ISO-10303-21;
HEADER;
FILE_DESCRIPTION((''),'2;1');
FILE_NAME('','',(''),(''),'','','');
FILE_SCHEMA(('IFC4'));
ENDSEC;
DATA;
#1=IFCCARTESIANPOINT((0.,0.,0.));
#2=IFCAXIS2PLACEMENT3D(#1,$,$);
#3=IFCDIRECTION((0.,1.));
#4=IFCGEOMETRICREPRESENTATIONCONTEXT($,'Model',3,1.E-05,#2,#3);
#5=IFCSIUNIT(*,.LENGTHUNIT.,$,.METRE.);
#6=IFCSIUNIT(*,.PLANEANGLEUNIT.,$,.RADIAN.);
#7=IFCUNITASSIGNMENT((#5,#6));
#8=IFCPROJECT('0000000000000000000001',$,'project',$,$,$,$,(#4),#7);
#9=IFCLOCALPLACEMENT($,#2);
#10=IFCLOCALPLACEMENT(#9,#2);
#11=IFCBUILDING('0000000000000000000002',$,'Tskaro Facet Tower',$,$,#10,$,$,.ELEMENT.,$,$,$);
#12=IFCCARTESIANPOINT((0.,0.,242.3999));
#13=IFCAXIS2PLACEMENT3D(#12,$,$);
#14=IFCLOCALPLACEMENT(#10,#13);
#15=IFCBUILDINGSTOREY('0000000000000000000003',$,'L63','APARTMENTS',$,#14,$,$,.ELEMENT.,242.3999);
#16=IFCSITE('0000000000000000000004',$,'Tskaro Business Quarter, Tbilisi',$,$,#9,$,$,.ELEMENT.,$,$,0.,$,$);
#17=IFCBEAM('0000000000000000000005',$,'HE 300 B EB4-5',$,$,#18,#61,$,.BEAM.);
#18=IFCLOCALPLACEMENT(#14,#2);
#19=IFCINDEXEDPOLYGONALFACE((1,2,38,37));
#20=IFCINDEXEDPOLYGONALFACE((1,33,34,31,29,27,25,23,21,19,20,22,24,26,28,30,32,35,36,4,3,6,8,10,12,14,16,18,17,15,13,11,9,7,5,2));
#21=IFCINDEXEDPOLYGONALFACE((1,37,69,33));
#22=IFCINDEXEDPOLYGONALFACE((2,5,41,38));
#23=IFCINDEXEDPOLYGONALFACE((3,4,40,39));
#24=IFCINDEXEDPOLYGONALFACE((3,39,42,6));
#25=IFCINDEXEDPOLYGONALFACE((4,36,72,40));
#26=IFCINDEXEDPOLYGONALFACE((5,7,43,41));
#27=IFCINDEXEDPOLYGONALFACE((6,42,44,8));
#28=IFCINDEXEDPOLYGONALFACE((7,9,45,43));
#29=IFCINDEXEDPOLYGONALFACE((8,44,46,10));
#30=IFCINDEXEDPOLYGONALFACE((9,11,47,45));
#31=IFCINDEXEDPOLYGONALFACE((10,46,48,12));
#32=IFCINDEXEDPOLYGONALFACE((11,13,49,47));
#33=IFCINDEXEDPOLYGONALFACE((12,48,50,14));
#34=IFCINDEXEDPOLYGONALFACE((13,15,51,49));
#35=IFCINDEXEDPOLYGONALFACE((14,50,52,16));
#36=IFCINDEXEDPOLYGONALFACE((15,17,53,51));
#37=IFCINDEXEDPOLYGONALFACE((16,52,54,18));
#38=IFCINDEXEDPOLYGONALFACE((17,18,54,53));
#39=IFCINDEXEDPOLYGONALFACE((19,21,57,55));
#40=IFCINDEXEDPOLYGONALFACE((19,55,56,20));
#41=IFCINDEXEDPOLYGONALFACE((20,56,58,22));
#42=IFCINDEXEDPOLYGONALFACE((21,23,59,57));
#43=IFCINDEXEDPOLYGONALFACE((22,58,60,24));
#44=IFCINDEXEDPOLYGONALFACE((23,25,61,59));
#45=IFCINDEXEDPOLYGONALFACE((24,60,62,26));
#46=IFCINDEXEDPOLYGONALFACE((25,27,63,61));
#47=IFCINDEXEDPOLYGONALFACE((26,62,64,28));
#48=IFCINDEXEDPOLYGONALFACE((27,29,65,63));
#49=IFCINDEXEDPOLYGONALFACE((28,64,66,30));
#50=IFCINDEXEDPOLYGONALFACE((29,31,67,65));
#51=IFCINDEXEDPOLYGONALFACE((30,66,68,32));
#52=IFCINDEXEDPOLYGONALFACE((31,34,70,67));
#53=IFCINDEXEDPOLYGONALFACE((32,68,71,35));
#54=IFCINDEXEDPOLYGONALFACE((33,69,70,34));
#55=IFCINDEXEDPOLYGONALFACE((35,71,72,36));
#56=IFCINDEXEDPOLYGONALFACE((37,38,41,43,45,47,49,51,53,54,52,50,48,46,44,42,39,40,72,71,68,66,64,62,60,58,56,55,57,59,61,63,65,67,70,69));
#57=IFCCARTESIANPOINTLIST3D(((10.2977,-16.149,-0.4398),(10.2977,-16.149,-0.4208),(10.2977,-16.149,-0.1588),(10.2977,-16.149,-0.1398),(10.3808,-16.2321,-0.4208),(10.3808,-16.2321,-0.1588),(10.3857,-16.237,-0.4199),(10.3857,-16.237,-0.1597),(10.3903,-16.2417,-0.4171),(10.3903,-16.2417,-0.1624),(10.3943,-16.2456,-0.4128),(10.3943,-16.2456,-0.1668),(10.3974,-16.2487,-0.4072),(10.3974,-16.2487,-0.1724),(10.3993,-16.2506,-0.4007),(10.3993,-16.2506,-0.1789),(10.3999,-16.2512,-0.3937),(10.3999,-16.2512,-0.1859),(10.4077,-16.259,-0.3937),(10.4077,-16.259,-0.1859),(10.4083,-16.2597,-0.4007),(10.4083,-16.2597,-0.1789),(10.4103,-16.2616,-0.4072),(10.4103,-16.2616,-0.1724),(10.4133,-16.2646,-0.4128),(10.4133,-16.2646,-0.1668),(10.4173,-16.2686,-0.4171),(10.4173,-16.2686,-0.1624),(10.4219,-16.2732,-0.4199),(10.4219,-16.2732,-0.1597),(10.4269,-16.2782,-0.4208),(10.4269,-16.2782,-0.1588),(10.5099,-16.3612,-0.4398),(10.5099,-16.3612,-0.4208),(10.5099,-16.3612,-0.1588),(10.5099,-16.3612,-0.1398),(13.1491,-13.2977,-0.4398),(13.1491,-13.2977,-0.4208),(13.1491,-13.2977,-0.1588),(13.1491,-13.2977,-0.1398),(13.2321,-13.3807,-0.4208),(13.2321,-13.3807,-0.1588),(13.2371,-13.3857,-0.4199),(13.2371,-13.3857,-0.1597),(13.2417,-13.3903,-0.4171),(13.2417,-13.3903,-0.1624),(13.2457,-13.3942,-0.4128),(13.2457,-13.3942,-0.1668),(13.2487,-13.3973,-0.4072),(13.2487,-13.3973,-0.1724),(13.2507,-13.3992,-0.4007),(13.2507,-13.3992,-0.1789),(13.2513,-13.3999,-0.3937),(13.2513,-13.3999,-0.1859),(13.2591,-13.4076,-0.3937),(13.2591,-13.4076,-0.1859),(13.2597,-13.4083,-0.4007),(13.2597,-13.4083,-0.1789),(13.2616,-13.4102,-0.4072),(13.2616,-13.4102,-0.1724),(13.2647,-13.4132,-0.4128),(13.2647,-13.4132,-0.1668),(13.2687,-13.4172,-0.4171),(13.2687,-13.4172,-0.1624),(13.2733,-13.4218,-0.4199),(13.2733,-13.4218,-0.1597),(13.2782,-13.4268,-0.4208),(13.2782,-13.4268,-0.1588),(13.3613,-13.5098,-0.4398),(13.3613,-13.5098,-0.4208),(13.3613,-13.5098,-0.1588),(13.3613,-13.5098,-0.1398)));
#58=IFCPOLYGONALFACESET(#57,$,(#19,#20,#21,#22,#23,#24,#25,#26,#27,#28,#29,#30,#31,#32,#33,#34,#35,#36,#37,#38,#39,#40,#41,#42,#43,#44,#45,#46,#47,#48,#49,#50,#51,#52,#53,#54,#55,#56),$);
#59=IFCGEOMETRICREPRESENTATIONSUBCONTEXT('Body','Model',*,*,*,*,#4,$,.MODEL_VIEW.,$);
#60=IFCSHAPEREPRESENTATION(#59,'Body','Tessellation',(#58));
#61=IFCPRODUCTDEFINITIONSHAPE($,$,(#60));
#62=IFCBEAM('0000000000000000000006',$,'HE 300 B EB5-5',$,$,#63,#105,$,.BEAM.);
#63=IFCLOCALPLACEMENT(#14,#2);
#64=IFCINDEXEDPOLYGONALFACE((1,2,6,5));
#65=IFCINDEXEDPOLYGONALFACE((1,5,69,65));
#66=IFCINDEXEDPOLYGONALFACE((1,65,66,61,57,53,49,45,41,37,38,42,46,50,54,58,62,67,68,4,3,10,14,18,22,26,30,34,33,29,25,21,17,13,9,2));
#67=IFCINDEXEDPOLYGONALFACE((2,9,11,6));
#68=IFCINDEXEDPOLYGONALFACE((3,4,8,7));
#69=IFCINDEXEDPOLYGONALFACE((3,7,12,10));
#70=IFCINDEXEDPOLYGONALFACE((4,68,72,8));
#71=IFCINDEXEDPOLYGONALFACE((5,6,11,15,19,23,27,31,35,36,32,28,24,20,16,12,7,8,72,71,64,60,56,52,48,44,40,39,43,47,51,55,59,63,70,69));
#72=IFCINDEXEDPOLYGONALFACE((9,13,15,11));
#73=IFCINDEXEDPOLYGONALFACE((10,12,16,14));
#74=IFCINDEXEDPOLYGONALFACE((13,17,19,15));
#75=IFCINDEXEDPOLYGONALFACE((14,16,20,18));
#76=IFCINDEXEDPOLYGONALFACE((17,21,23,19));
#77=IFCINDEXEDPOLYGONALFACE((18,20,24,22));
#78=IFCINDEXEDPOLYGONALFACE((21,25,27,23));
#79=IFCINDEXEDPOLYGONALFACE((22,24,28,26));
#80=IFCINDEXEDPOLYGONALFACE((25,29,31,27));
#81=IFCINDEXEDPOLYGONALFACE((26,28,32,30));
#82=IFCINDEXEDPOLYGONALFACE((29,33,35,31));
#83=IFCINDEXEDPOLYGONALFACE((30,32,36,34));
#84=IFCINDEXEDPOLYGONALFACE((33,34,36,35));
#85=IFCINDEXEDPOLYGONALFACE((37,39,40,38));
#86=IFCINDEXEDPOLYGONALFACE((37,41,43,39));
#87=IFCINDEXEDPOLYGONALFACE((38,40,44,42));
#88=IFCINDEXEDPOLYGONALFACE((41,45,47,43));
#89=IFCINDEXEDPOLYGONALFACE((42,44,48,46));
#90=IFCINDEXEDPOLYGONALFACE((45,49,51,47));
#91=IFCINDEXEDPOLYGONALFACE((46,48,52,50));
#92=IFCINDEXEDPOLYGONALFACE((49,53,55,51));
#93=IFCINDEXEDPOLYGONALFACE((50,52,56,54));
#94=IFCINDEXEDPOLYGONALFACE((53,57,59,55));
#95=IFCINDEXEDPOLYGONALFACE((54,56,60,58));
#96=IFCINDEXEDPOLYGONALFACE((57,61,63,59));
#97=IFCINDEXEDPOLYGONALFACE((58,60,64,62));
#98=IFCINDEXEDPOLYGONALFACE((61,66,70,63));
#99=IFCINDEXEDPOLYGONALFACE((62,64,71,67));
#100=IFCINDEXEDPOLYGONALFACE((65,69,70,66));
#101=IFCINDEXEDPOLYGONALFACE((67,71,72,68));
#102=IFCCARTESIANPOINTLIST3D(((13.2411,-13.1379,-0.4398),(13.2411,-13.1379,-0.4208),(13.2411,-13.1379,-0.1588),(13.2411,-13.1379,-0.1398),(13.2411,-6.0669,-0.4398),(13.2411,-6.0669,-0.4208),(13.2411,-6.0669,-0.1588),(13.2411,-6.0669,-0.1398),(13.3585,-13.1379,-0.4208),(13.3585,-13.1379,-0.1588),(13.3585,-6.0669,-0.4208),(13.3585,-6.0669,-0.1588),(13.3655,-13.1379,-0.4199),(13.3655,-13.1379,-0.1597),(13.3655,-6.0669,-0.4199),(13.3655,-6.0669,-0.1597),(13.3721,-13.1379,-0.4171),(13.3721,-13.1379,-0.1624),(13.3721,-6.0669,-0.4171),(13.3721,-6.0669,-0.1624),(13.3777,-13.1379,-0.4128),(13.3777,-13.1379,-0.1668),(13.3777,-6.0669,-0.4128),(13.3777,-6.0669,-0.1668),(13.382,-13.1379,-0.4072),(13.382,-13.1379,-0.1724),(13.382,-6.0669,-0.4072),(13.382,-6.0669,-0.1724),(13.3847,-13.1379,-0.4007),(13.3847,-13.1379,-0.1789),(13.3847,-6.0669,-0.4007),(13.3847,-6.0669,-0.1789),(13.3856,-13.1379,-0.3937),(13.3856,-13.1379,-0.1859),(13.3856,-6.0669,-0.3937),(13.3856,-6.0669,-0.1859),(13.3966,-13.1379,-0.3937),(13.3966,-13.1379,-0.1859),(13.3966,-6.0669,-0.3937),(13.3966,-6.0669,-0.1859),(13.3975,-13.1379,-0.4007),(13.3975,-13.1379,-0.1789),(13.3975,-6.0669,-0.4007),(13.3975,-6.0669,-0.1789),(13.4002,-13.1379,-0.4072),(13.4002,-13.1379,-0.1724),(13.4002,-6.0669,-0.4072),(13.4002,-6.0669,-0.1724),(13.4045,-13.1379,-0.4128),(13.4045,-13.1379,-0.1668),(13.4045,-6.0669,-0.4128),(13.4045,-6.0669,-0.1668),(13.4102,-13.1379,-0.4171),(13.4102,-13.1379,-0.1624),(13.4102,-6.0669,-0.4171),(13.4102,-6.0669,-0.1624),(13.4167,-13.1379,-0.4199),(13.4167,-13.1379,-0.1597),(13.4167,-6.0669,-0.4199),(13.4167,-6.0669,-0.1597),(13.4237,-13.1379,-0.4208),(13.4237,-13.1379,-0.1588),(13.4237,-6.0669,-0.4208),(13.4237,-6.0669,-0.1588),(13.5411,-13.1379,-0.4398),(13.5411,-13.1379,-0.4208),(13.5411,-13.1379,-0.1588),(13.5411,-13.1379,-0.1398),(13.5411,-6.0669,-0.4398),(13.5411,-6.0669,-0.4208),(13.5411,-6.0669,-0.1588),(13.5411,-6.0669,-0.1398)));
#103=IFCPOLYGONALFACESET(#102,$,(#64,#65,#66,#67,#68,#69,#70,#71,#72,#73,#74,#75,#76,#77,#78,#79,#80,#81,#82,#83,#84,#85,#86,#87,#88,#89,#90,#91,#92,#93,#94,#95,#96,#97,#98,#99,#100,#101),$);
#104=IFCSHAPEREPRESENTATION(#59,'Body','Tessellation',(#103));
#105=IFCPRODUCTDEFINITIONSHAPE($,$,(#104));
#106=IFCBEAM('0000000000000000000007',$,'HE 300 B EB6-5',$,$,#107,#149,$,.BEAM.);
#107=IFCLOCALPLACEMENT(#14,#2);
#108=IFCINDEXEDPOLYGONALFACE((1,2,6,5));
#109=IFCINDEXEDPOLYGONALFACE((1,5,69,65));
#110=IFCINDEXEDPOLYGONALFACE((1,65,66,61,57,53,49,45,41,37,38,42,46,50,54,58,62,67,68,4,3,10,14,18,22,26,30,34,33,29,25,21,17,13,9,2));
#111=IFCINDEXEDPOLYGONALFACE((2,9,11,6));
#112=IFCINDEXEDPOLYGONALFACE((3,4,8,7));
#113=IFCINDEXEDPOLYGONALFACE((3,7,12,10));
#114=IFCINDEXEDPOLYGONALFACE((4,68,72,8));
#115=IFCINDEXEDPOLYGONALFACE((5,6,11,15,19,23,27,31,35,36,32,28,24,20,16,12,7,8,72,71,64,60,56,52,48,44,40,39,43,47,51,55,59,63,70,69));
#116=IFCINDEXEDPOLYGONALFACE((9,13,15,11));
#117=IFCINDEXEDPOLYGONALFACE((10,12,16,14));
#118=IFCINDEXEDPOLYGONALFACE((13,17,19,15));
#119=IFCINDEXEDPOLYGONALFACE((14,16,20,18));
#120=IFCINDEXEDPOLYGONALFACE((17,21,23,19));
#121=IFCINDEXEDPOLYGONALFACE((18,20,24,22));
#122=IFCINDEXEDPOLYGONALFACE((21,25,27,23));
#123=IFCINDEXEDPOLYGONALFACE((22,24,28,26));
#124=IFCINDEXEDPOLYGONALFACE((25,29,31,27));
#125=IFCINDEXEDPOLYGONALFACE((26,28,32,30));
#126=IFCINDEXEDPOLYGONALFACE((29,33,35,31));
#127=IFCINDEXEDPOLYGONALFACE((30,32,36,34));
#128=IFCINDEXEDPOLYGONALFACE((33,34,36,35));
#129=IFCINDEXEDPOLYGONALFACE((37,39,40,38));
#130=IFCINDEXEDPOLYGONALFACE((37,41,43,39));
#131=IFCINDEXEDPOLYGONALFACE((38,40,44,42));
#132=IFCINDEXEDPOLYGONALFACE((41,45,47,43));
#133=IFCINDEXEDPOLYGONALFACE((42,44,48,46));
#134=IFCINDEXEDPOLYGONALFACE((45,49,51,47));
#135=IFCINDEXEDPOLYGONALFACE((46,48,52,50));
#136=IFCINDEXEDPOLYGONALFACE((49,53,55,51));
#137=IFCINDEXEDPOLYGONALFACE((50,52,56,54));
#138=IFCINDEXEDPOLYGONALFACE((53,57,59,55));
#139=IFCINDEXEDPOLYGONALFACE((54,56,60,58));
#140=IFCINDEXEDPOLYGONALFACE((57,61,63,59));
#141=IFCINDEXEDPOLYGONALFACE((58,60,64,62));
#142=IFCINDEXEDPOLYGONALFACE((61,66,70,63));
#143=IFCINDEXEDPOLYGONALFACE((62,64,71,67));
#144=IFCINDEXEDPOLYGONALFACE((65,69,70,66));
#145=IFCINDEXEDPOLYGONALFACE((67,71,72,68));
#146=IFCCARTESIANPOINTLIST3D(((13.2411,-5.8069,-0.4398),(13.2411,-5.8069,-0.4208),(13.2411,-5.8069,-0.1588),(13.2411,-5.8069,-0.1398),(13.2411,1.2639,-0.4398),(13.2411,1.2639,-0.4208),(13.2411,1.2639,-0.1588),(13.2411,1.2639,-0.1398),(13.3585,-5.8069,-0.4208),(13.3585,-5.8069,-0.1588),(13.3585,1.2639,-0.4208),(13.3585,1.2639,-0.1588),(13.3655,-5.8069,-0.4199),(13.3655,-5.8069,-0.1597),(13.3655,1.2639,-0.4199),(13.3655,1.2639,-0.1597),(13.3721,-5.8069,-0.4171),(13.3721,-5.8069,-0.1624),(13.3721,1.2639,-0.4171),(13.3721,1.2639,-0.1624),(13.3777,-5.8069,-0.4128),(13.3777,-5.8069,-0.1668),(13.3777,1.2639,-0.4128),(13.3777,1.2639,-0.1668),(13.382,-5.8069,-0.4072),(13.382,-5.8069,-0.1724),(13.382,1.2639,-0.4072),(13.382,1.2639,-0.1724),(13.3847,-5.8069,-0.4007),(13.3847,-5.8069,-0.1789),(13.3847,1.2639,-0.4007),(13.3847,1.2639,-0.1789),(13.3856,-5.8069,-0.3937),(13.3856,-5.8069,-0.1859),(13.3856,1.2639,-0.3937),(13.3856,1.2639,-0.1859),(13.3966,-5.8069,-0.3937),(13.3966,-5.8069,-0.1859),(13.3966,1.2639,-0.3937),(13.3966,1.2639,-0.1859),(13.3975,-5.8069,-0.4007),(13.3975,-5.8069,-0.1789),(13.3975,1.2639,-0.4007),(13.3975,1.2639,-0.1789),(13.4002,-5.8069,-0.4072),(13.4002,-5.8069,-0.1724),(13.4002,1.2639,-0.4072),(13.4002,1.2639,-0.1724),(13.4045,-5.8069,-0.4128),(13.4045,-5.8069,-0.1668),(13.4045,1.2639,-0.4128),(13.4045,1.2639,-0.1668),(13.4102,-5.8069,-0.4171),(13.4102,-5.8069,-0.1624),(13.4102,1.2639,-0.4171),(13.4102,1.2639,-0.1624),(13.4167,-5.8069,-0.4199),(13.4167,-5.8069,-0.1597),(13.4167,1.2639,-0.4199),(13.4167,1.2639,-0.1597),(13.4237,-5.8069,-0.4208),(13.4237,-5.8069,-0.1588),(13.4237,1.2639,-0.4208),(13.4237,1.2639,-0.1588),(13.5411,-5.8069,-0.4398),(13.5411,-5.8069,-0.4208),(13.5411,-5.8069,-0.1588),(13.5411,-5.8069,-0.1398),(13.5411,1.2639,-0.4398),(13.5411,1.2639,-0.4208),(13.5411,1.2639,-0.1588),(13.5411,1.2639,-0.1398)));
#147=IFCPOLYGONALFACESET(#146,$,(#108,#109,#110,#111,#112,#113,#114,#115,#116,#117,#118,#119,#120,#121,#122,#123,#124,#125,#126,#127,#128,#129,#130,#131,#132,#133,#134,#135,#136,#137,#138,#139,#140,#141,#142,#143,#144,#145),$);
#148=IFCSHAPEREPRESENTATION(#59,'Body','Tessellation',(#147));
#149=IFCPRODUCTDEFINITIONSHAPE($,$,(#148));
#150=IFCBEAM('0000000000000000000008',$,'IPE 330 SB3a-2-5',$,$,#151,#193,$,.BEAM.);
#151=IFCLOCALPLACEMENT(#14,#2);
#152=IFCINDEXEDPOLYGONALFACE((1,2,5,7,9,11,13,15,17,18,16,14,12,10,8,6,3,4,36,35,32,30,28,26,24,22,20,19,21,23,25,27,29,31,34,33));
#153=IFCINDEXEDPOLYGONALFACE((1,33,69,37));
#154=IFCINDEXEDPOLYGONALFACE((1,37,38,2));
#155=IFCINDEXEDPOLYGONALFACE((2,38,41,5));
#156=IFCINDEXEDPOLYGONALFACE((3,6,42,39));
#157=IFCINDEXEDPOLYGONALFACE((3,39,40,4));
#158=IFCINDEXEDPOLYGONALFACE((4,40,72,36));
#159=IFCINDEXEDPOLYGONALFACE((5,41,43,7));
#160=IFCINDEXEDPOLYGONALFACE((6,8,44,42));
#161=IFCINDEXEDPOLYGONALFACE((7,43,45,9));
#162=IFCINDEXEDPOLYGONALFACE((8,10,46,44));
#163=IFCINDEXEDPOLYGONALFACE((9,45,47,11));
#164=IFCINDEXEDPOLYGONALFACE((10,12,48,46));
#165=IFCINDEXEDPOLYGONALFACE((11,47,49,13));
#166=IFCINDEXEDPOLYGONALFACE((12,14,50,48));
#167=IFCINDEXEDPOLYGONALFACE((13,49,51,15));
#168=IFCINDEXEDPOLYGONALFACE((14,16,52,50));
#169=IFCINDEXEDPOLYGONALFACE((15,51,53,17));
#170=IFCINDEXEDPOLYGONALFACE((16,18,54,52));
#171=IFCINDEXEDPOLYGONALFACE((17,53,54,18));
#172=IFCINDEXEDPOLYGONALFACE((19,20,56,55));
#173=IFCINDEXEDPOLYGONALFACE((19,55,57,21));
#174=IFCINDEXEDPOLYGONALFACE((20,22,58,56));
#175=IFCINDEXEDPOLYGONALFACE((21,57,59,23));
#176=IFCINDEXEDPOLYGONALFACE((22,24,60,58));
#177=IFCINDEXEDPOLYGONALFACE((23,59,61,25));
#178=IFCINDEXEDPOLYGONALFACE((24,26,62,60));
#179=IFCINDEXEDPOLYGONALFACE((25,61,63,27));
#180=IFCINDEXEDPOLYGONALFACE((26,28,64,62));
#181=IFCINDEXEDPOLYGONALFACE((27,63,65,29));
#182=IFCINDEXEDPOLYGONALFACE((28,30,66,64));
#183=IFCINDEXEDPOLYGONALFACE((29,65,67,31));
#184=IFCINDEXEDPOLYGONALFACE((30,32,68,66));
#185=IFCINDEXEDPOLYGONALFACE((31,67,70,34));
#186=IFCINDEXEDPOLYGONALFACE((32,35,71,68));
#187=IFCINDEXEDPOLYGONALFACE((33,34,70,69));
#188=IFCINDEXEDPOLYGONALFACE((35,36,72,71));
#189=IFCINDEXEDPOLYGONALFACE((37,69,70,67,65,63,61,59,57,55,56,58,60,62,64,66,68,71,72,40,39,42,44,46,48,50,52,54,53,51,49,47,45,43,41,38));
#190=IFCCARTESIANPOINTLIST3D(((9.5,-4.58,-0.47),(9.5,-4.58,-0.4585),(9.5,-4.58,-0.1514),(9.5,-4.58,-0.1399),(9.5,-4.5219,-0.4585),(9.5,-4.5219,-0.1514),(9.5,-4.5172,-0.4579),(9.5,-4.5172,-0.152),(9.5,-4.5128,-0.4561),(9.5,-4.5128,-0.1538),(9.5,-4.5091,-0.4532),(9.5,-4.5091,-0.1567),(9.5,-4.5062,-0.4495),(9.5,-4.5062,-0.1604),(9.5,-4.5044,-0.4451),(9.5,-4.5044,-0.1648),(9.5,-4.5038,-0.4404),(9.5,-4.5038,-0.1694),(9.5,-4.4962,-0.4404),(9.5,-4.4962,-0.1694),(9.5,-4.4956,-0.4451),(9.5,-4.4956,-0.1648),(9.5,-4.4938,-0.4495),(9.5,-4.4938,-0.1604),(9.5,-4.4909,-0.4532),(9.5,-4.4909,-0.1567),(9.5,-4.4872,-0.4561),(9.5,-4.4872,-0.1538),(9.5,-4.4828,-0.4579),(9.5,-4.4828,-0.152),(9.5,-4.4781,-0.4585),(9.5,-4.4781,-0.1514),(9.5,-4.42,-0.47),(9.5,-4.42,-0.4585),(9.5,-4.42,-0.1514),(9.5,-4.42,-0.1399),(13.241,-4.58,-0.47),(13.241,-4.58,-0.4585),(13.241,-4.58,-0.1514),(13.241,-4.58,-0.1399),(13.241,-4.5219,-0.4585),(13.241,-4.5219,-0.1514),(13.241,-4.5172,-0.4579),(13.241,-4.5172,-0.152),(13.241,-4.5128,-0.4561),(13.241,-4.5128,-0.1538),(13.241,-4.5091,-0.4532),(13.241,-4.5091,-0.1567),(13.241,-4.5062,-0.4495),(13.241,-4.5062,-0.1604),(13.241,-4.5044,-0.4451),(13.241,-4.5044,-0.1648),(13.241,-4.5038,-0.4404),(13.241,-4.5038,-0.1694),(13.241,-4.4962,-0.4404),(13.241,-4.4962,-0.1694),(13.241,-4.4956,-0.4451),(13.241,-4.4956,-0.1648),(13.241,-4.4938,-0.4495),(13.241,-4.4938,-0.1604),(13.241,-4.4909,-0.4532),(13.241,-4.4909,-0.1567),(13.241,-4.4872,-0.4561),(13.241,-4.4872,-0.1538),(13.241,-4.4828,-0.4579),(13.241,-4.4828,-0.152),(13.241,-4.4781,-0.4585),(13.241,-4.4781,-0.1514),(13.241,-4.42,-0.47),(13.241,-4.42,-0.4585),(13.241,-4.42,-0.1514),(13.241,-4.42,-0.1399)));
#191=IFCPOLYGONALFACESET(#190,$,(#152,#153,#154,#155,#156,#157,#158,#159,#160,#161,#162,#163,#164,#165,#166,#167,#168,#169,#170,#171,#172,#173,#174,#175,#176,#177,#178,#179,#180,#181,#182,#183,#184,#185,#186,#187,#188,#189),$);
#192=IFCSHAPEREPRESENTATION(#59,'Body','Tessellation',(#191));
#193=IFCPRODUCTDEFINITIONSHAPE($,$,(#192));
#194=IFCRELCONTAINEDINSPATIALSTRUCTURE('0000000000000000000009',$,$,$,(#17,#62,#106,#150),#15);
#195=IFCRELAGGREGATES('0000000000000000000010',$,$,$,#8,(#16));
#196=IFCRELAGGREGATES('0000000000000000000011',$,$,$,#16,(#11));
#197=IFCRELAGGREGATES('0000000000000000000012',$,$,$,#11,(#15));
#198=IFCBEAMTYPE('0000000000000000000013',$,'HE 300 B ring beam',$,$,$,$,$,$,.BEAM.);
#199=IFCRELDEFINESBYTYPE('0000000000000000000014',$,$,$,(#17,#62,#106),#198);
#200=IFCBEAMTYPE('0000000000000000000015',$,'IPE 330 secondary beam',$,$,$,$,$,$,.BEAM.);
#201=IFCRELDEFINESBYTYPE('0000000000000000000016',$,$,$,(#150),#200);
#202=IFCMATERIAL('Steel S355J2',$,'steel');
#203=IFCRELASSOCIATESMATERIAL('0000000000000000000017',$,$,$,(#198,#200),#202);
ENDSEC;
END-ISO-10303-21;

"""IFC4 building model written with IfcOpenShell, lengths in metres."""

from ifc_helpers import new_model, si_unit, direction, frame, origin, origin_2d, place, context, subcontext, project, spatial, i_section, extrude, material, material_profile, profile_set, type_object, element, save


model = new_model("IFC4")

# Units and contexts
model_context = context("Model", 3, precision=1e-05, world=origin(), true_north=direction((0.0, 1.0)))
body_context = subcontext(model_context, "Body", "Model", "MODEL_VIEW")
ifc_project = project(units=[si_unit("LENGTHUNIT", "METRE"), si_unit("PLANEANGLEUNIT", "RADIAN")], contexts=[model_context])

# Site, building, storey
site_placement = place(None, origin())
site = spatial("IfcSite", under=ifc_project, at=site_placement, Name="Tskaro Business Quarter, Tbilisi", CompositionType="ELEMENT", RefElevation=0.0)
building_placement = place(site_placement, origin())
building = spatial("IfcBuilding", under=site, at=building_placement, Name="Tskaro Facet Tower", CompositionType="ELEMENT")
storey_placement = place(building_placement, frame((0.0, 0.0, 242.3999)))
storey = spatial("IfcBuildingStorey", under=building, at=storey_placement, Name="L63", Description="APARTMENTS", CompositionType="ELEMENT", Elevation=242.3999)

# Shared definitions
ifc_material_1 = material(Name="Steel S355J2", Category="steel")

# Beams
ifc_material_profile_1 = material_profile(ifc_material_1, i_section(OverallWidth=0.3, OverallDepth=0.3, WebThickness=0.011, FlangeThickness=0.019, FilletRadius=0.0271, at=origin_2d()), Name="HE 300 B")
ifc_profile_set_1 = profile_set([ifc_material_profile_1], Name="Steel S355J2")
beam_type_1 = type_object("IfcBeamType", Name="HE 300 B ring beam", PredefinedType="BEAM", material=ifc_profile_set_1)
beam_1_placement = place(storey_placement, frame((10.4038, -16.2551, -0.2898), z_axis=(0.707107, 0.707107, 0.0), x_axis=(-0.707107, 0.707107, 0.0)))
element("IfcBeam", 1, at=beam_1_placement, inside=storey, type_object=beam_type_1, Name="HE 300 B EB4-5", PredefinedType="BEAM", context=body_context, shape_type="SweptSolid", body=[
    extrude(i_section(OverallWidth=0.3, OverallDepth=0.3, WebThickness=0.011, FlangeThickness=0.019, FilletRadius=0.0271, at=origin_2d()), origin(), (0.0, 0.0, 1.0), 4.0325),
])
beam_2_placement = place(storey_placement, frame((13.3911, -13.1379, -0.2898), z_axis=(0.0, 1.0, 0.0), x_axis=(-1.0, 0.0, 0.0)))
element("IfcBeam", 2, at=beam_2_placement, inside=storey, type_object=beam_type_1, Name="HE 300 B EB5-5", PredefinedType="BEAM", context=body_context, shape_type="SweptSolid", body=[
    extrude(i_section(OverallWidth=0.3, OverallDepth=0.3, WebThickness=0.011, FlangeThickness=0.019, FilletRadius=0.0271, at=origin_2d()), origin(), (0.0, 0.0, 1.0), 7.071),
])
beam_3_placement = place(storey_placement, frame((13.3911, -5.8069, -0.2898), z_axis=(0.0, 1.0, 0.0), x_axis=(-1.0, 0.0, 0.0)))
element("IfcBeam", 3, at=beam_3_placement, inside=storey, type_object=beam_type_1, Name="HE 300 B EB6-5", PredefinedType="BEAM", context=body_context, shape_type="SweptSolid", body=[
    extrude(i_section(OverallWidth=0.3, OverallDepth=0.3, WebThickness=0.011, FlangeThickness=0.019, FilletRadius=0.0271, at=origin_2d()), origin(), (0.0, 0.0, 1.0), 7.0708),
])
ifc_material_profile_2 = material_profile(ifc_material_1, i_section(OverallWidth=0.1599, OverallDepth=0.3301, WebThickness=0.0076, FlangeThickness=0.0115, FilletRadius=0.0181, at=origin_2d()), Name="IPE 330")
ifc_profile_set_2 = profile_set([ifc_material_profile_2], Name="Steel S355J2")
beam_type_2 = type_object("IfcBeamType", Name="IPE 330 secondary beam", PredefinedType="BEAM", material=ifc_profile_set_2)
beam_4_placement = place(storey_placement, frame((9.5, -4.5, -0.3049), z_axis=(1.0, 0.0, 0.0), x_axis=(0.0, 1.0, 0.0)))
element("IfcBeam", 4, at=beam_4_placement, inside=storey, type_object=beam_type_2, Name="IPE 330 SB3a-2-5", PredefinedType="BEAM", context=body_context, shape_type="SweptSolid", body=[
    extrude(i_section(OverallWidth=0.1599, OverallDepth=0.3301, WebThickness=0.0076, FlangeThickness=0.0115, FilletRadius=0.0181, at=origin_2d()), origin(), (0.0, 0.0, 1.0), 3.741),
])

save(model, "model.ifc")
